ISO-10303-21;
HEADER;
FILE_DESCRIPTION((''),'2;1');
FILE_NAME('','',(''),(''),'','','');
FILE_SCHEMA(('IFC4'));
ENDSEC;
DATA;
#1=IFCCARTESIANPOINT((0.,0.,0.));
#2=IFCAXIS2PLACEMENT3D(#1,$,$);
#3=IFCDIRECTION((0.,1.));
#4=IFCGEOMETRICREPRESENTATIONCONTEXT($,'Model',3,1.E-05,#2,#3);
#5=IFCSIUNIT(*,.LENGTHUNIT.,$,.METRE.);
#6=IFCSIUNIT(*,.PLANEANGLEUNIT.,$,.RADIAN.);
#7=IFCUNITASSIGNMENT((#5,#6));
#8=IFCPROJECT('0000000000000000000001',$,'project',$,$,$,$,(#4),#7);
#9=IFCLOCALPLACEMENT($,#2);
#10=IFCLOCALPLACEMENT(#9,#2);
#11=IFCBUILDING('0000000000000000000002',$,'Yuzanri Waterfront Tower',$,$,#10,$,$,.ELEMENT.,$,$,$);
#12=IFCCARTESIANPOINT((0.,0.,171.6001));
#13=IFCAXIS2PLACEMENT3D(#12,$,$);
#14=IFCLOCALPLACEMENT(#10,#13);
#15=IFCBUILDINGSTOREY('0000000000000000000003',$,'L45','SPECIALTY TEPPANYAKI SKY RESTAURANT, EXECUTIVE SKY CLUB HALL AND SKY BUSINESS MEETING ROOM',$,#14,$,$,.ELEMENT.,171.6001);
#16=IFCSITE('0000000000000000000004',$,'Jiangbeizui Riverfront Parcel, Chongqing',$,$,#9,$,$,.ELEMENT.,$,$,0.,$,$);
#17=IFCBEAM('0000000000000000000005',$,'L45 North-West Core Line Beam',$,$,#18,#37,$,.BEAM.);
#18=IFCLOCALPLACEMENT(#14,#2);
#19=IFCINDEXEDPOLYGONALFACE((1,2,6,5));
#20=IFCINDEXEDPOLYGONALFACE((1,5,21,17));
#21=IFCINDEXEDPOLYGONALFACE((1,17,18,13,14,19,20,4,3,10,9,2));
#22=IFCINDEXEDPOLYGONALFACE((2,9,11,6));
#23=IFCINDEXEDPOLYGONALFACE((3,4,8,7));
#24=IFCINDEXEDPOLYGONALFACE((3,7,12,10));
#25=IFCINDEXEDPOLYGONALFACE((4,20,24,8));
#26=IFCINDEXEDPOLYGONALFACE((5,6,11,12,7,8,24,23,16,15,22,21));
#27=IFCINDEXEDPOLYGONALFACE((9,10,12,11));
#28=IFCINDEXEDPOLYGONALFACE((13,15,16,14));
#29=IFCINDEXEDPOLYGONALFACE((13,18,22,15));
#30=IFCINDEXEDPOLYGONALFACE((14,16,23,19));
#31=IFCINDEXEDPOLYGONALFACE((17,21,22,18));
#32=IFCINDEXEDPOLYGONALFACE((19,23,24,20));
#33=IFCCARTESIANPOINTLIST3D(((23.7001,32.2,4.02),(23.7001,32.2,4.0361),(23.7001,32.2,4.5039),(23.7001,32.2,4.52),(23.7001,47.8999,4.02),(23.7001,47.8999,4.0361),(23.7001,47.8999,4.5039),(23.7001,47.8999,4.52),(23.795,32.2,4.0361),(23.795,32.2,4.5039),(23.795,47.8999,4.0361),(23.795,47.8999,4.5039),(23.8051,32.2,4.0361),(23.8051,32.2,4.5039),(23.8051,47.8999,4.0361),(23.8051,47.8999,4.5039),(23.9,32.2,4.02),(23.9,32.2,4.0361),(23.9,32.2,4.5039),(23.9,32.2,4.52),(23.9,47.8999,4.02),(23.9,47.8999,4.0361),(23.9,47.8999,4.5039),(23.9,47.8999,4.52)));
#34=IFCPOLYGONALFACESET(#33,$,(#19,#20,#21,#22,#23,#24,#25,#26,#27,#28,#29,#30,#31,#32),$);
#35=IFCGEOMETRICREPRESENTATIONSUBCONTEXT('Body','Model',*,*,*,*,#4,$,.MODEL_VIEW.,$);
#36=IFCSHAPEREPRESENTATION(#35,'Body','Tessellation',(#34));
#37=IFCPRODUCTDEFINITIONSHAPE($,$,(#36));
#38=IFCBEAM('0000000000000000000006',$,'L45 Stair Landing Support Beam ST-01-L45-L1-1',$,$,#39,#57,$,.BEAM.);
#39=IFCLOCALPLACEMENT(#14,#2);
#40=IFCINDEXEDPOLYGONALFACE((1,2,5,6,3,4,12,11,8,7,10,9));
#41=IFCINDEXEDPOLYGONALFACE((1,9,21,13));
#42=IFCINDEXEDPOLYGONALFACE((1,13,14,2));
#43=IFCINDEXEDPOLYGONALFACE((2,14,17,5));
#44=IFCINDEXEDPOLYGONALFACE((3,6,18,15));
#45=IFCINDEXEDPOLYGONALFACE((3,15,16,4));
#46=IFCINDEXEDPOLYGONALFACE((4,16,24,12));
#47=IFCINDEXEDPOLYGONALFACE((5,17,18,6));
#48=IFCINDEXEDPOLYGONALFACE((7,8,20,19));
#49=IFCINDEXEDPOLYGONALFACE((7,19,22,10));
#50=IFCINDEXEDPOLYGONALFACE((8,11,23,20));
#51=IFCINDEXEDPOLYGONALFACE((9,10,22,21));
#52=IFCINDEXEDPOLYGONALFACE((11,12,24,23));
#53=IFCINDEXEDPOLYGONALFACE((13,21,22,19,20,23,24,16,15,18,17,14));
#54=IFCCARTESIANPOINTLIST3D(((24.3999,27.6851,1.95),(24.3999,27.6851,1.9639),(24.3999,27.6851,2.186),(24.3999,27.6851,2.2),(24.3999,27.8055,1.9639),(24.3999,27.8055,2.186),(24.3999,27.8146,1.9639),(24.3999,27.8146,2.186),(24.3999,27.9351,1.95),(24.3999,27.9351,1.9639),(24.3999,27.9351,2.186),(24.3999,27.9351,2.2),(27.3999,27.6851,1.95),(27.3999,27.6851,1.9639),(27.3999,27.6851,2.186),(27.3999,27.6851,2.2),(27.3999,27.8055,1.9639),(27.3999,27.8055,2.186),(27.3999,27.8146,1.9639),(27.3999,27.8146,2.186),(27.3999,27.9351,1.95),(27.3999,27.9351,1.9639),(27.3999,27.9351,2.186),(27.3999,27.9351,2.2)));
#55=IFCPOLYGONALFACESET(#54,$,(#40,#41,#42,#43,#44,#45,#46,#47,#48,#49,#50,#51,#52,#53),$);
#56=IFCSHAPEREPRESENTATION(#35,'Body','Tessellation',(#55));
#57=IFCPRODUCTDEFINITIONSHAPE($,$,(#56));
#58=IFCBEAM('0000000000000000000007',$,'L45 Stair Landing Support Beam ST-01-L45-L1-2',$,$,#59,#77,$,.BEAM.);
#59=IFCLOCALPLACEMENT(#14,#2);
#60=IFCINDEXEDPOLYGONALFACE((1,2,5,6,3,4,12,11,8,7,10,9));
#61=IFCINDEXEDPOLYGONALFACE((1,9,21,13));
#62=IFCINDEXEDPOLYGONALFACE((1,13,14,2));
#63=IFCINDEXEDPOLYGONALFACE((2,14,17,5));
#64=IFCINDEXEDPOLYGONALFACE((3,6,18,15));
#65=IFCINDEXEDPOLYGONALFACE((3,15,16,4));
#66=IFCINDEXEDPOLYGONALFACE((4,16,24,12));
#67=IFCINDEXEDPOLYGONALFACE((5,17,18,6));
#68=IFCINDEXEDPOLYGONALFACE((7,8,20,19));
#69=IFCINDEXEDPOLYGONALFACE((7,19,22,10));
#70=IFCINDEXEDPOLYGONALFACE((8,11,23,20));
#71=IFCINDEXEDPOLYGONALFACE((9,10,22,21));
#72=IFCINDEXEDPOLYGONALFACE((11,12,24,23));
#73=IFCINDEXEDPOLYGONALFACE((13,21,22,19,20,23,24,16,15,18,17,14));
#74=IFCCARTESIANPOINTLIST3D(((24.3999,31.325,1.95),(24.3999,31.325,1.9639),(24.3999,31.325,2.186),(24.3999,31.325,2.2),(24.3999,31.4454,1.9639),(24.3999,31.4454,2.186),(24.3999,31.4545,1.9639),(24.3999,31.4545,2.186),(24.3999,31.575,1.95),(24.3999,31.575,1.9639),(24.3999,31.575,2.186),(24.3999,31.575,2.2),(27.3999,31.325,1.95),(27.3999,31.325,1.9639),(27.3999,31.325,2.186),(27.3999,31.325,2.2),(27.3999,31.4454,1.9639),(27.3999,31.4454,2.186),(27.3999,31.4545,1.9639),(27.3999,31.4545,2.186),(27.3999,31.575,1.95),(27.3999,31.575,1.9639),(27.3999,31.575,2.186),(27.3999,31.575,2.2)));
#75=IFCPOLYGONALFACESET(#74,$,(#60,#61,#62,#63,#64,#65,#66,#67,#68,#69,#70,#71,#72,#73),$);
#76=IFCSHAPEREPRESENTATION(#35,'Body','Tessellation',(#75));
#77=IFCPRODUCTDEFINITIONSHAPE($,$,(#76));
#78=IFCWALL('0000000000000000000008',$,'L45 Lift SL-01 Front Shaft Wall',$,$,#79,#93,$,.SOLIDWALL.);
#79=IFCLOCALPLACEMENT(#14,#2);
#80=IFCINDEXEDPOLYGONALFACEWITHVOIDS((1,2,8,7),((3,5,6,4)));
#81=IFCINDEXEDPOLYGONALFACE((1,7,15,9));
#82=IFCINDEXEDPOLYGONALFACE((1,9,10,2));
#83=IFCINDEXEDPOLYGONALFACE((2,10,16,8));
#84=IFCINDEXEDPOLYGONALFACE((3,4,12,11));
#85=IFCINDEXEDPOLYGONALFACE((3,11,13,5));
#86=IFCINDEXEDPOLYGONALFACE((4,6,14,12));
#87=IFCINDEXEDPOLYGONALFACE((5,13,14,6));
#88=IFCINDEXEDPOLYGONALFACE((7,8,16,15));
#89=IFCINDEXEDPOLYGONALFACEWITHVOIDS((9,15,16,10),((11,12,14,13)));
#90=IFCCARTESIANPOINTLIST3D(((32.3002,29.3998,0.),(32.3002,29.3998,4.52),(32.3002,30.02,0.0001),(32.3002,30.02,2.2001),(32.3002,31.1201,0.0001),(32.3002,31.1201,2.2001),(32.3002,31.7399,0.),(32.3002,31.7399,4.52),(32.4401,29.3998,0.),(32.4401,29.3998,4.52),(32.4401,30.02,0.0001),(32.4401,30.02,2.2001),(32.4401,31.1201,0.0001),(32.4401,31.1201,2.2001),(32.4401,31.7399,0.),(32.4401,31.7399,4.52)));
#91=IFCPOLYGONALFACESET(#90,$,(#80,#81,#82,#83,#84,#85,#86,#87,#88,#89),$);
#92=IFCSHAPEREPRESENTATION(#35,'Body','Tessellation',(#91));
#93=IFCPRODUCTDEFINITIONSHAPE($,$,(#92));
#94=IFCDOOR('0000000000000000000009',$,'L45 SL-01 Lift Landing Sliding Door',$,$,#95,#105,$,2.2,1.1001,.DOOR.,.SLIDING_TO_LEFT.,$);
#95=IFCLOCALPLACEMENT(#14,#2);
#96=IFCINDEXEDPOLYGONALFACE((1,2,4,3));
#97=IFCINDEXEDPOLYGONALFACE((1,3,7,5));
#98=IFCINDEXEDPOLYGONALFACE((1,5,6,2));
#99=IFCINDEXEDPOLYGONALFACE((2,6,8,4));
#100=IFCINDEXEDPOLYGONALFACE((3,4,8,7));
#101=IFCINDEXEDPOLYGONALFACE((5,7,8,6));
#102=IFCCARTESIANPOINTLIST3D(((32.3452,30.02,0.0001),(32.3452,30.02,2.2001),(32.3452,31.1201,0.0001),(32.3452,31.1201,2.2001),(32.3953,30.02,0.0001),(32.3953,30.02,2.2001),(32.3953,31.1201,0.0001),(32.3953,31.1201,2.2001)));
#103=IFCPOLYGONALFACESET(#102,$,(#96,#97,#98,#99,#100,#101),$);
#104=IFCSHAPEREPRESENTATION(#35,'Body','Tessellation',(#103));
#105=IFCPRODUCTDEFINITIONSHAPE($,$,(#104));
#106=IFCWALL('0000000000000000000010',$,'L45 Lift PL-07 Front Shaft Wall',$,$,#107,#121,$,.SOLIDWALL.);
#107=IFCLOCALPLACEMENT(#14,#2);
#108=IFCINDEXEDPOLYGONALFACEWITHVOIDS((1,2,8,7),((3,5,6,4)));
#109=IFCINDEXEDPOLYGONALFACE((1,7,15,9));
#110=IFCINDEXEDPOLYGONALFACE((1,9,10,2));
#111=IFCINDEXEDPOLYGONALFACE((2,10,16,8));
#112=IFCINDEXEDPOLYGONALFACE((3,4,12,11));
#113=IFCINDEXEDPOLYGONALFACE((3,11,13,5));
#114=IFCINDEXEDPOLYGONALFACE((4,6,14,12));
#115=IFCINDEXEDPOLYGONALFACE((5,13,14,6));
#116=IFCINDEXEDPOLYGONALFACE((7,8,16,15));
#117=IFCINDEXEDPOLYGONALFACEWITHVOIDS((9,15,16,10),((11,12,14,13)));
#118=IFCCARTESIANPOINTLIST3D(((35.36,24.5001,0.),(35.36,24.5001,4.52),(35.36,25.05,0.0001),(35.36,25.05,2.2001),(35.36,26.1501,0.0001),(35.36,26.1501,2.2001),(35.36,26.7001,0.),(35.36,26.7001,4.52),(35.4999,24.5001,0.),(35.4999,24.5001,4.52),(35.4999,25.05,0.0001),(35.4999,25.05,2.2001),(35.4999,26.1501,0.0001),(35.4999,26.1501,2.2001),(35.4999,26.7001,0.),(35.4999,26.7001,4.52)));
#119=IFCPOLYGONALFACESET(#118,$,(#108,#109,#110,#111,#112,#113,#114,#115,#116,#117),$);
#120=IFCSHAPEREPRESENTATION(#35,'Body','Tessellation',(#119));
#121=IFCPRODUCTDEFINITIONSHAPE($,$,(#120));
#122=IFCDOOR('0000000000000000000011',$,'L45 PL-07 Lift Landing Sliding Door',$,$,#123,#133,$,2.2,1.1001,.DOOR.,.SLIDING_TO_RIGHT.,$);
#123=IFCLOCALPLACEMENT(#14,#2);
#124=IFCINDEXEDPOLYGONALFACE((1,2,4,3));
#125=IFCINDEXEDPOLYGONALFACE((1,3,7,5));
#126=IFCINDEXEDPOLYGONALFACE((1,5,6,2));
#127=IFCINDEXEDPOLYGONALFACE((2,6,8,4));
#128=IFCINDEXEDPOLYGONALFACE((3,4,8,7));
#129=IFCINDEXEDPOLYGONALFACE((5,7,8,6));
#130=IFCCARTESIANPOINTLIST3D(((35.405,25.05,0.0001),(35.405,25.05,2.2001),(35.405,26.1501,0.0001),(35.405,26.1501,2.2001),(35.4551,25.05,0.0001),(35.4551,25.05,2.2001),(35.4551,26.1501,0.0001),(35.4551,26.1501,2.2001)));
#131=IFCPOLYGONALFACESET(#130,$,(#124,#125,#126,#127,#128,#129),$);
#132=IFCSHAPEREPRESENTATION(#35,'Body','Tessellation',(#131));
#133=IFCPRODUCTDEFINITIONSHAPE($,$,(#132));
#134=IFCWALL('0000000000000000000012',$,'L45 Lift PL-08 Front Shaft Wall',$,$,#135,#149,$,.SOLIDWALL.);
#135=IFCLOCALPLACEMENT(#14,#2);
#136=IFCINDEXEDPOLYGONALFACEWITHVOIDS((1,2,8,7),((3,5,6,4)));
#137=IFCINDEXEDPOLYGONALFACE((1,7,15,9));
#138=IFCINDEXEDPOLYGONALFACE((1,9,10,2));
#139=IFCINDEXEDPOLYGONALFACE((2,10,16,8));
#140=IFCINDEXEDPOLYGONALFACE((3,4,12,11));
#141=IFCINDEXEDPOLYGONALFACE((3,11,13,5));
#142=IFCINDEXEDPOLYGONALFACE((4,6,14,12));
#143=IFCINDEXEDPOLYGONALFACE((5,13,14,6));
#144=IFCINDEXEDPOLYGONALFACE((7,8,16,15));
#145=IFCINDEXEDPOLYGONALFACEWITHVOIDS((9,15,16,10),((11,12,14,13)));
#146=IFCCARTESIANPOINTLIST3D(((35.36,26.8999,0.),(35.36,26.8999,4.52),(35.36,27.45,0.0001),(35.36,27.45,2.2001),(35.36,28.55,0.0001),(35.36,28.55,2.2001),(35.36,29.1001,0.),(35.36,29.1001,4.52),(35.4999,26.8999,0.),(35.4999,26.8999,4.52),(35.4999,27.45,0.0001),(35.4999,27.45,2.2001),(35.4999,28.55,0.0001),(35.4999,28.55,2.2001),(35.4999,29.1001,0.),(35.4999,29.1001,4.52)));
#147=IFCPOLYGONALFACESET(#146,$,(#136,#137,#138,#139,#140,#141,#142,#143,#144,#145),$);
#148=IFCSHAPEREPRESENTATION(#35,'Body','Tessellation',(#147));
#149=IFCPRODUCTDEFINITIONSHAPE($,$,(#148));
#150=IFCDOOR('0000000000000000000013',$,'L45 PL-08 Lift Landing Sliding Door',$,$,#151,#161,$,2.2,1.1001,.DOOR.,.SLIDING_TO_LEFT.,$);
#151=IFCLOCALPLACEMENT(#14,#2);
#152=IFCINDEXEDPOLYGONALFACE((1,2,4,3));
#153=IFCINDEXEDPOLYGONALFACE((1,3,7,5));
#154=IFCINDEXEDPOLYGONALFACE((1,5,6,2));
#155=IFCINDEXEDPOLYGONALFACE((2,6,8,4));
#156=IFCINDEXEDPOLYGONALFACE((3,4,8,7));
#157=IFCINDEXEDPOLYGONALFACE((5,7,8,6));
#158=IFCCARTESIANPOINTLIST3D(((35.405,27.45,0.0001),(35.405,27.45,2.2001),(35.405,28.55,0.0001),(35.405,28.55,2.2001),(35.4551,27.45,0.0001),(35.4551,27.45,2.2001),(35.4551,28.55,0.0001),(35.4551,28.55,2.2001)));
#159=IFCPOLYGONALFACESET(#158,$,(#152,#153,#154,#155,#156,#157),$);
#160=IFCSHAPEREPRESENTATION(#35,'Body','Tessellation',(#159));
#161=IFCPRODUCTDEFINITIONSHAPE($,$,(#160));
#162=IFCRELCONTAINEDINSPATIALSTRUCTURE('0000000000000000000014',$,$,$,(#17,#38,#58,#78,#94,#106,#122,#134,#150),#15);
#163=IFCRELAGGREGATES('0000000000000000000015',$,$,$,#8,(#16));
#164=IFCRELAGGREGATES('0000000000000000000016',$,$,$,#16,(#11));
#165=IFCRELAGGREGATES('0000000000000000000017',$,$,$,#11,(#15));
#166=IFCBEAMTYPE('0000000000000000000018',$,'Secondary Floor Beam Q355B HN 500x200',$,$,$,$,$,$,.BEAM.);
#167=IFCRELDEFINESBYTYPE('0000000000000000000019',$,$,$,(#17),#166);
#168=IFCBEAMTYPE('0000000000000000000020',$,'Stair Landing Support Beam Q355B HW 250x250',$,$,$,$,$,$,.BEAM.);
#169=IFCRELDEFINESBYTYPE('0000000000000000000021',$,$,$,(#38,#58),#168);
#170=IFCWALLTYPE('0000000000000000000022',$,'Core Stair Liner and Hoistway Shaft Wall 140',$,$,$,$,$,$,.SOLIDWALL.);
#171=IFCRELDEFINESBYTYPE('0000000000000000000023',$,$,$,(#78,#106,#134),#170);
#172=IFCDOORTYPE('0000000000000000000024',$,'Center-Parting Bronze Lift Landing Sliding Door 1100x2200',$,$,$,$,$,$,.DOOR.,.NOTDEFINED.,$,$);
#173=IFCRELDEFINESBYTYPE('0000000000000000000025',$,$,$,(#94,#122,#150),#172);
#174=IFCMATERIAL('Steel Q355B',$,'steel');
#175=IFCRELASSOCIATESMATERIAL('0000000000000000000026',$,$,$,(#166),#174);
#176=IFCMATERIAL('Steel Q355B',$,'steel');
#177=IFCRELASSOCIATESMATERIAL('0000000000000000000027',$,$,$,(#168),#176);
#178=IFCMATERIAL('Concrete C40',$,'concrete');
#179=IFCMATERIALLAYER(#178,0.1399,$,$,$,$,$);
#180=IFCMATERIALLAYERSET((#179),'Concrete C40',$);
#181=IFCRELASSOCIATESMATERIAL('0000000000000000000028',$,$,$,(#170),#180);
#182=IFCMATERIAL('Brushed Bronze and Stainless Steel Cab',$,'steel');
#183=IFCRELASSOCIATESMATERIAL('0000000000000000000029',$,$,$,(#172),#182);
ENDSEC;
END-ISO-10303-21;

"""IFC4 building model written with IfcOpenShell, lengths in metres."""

from ifc_helpers import new_model, si_unit, direction, frame, frame_2d, origin, origin_2d, place, context, subcontext, project, spatial, rectangle, i_section, extrude, source, transform, mapped, material, layer, layer_set, material_profile, profile_set, type_object, element, fill, save


model = new_model("IFC4")

# Units and contexts
model_context = context("Model", 3, precision=1e-05, world=origin(), true_north=direction((0.0, 1.0)))
body_context = subcontext(model_context, "Body", "Model", "MODEL_VIEW")
ifc_project = project(units=[si_unit("LENGTHUNIT", "METRE"), si_unit("PLANEANGLEUNIT", "RADIAN")], contexts=[model_context])

# Site, building, storey
site_placement = place(None, origin())
site = spatial("IfcSite", under=ifc_project, at=site_placement, Name="Jiangbeizui Riverfront Parcel, Chongqing", CompositionType="ELEMENT", RefElevation=0.0)
building_placement = place(site_placement, origin())
building = spatial("IfcBuilding", under=site, at=building_placement, Name="Yuzanri Waterfront Tower", CompositionType="ELEMENT")
storey_placement = place(building_placement, frame((0.0, 0.0, 171.6001)))
storey = spatial("IfcBuildingStorey", under=building, at=storey_placement, Name="L45", Description="SPECIALTY TEPPANYAKI SKY RESTAURANT, EXECUTIVE SKY CLUB HALL AND SKY BUSINESS MEETING ROOM", CompositionType="ELEMENT", Elevation=171.6001)

# Beams
ifc_material_1 = material(Name="Steel Q355B", Category="steel")
ifc_material_profile_1 = material_profile(ifc_material_1, i_section(OverallWidth=0.2, OverallDepth=0.5, WebThickness=0.01, FlangeThickness=0.0161, at=origin_2d()), Name="HN 500x200x10x16")
ifc_profile_set_1 = profile_set([ifc_material_profile_1], Name="Steel Q355B")
beam_type_1 = type_object("IfcBeamType", Name="Secondary Floor Beam Q355B HN 500x200", PredefinedType="BEAM", material=ifc_profile_set_1)
shared_shape_1 = source(origin(), body_context, "Body", "SweptSolid", [
    extrude(i_section(OverallWidth=0.2, OverallDepth=0.5, WebThickness=0.01, FlangeThickness=0.0161, at=origin_2d()), origin(), (0.0, 0.0, 1.0), 15.7),
])
beam_placement = place(storey_placement, frame((23.8, 32.2, 4.27), z_axis=(0.0, 1.0, 0.0), x_axis=(-1.0, 0.0, 0.0)))
element("IfcBeam", 1, at=beam_placement, inside=storey, type_object=beam_type_1, Name="L45 North-West Core Line Beam", PredefinedType="BEAM", context=body_context, shape_type="MappedRepresentation", body=[
    mapped(shared_shape_1, transform((0.0, 0.0, 0.0), scale=1.0)),
])
ifc_material_2 = material(Name="Steel Q355B", Category="steel")
ifc_material_profile_2 = material_profile(ifc_material_2, i_section(OverallWidth=0.25, OverallDepth=0.25, WebThickness=0.009, FlangeThickness=0.0139, at=origin_2d()), Name="HW 250x250x9x14")
ifc_profile_set_2 = profile_set([ifc_material_profile_2], Name="Steel Q355B")
beam_type_2 = type_object("IfcBeamType", Name="Stair Landing Support Beam Q355B HW 250x250", PredefinedType="BEAM", material=ifc_profile_set_2)
shared_shape_2 = source(origin(), body_context, "Body", "SweptSolid", [
    extrude(i_section(OverallWidth=0.25, OverallDepth=0.25, WebThickness=0.009, FlangeThickness=0.0139, at=origin_2d()), origin(), (0.0, 0.0, 1.0), 3.0),
])
for number, where, z_axis, x_axis, name in (
    (2, (24.3999, 27.8101, 2.075), (1.0, 0.0, 0.0), (0.0, 1.0, 0.0), "L45 Stair Landing Support Beam ST-01-L45-L1-1"),
    (3, (24.3999, 31.45, 2.075), (1.0, 0.0, 0.0), (0.0, 1.0, 0.0), "L45 Stair Landing Support Beam ST-01-L45-L1-2"),
):
    element("IfcBeam", number, at=place(storey_placement, frame(where, z_axis=z_axis, x_axis=x_axis)), inside=storey, type_object=beam_type_2, Name=name, PredefinedType="BEAM", context=body_context, shape_type="MappedRepresentation", body=[
        mapped(shared_shape_2, transform((0.0, 0.0, 0.0), scale=1.0)),
    ])

# Walls, openings, doors
ifc_material_3 = material(Name="Concrete C40", Category="concrete")
ifc_layer_1 = layer(ifc_material_3, 0.1399)
ifc_layer_set_1 = layer_set([ifc_layer_1], Name="Concrete C40")
wall_type_1 = type_object("IfcWallType", Name="Core Stair Liner and Hoistway Shaft Wall 140", PredefinedType="SOLIDWALL", material=ifc_layer_set_1)
wall_1_placement = place(storey_placement, frame((32.3701, 29.3999, 0.0), z_axis=(0.0, 0.0, 1.0), x_axis=(0.0, 1.0, 0.0)))
wall_1 = element("IfcWall", 4, at=wall_1_placement, inside=storey, type_object=wall_type_1, Name="L45 Lift SL-01 Front Shaft Wall", PredefinedType="SOLIDWALL", context=body_context, shape_type="SweptSolid", body=[
    extrude(rectangle(XDim=2.3401, YDim=0.1399, at=frame_2d((1.1699, 0.0))), origin(), (0.0, 0.0, 1.0), 4.52),
])
opening_1_placement = place(wall_1_placement, frame((0.6201, 0.0, 0.0)))
opening_1 = element("IfcOpeningElement", 5, at=opening_1_placement, cuts=wall_1, PredefinedType="OPENING", context=body_context, shape_type="SweptSolid", body=[
    extrude(rectangle(XDim=1.1001, YDim=2.2, at=frame_2d((0.55, 1.1001))), frame((0.0, 0.085, 0.0), z_axis=(0.0, -1.0, 0.0), x_axis=(1.0, 0.0, 0.0)), (0.0, 0.0, 1.0), 0.1697),
])
ifc_material_4 = material(Name="Brushed Bronze and Stainless Steel Cab", Category="steel")
door_type_1 = type_object("IfcDoorType", Name="Center-Parting Bronze Lift Landing Sliding Door 1100x2200", OperationType="NOTDEFINED", PredefinedType="DOOR", material=ifc_material_4)
shared_shape_3 = source(origin(), body_context, "Body", "SweptSolid", [
    extrude(rectangle(XDim=1.1001, YDim=2.2, at=frame_2d((0.55, 1.1001))), frame((0.0, 0.0249, 0.0), z_axis=(0.0, -1.0, 0.0), x_axis=(1.0, 0.0, 0.0)), (0.0, 0.0, 1.0), 0.05),
])
door_1_placement = place(opening_1_placement, origin())
door_1 = element("IfcDoor", 6, at=door_1_placement, inside=storey, type_object=door_type_1, Name="L45 SL-01 Lift Landing Sliding Door", OperationType="SLIDING_TO_LEFT", OverallHeight=2.2, OverallWidth=1.1001, PredefinedType="DOOR", context=body_context, shape_type="MappedRepresentation", body=[
    mapped(shared_shape_3, transform((0.0, 0.0, 0.0), scale=1.0)),
])
fill(opening_1, door_1)
wall_2_placement = place(storey_placement, frame((35.4299, 24.5, 0.0), z_axis=(0.0, 0.0, 1.0), x_axis=(0.0, 1.0, 0.0)))
wall_2 = element("IfcWall", 7, at=wall_2_placement, inside=storey, type_object=wall_type_1, Name="L45 Lift PL-07 Front Shaft Wall", PredefinedType="SOLIDWALL", context=body_context, shape_type="SweptSolid", body=[
    extrude(rectangle(XDim=2.2, YDim=0.1399, at=frame_2d((1.1001, 0.0))), origin(), (0.0, 0.0, 1.0), 4.52),
])
opening_2_placement = place(wall_2_placement, frame((0.55, 0.0, 0.0)))
opening_2 = element("IfcOpeningElement", 8, at=opening_2_placement, cuts=wall_2, PredefinedType="OPENING", context=body_context, shape_type="SweptSolid", body=[
    extrude(rectangle(XDim=1.1001, YDim=2.2, at=frame_2d((0.55, 1.1001))), frame((0.0, 0.085, 0.0), z_axis=(0.0, -1.0, 0.0), x_axis=(1.0, 0.0, 0.0)), (0.0, 0.0, 1.0), 0.1697),
])
door_2_placement = place(opening_2_placement, origin())
door_2 = element("IfcDoor", 9, at=door_2_placement, inside=storey, type_object=door_type_1, Name="L45 PL-07 Lift Landing Sliding Door", OperationType="SLIDING_TO_RIGHT", OverallHeight=2.2, OverallWidth=1.1001, PredefinedType="DOOR", context=body_context, shape_type="MappedRepresentation", body=[
    mapped(shared_shape_3, transform((0.0, 0.0, 0.0), scale=1.0)),
])
fill(opening_2, door_2)
wall_3_placement = place(storey_placement, frame((35.4299, 26.8999, 0.0), z_axis=(0.0, 0.0, 1.0), x_axis=(0.0, 1.0, 0.0)))
wall_3 = element("IfcWall", 10, at=wall_3_placement, inside=storey, type_object=wall_type_1, Name="L45 Lift PL-08 Front Shaft Wall", PredefinedType="SOLIDWALL", context=body_context, shape_type="SweptSolid", body=[
    extrude(rectangle(XDim=2.2002, YDim=0.1399, at=frame_2d((1.1001, 0.0))), origin(), (0.0, 0.0, 1.0), 4.52),
])
opening_3_placement = place(wall_3_placement, frame((0.55, 0.0, 0.0)))
opening_3 = element("IfcOpeningElement", 11, at=opening_3_placement, cuts=wall_3, PredefinedType="OPENING", context=body_context, shape_type="SweptSolid", body=[
    extrude(rectangle(XDim=1.1001, YDim=2.2, at=frame_2d((0.55, 1.1001))), frame((0.0, 0.085, 0.0), z_axis=(0.0, -1.0, 0.0), x_axis=(1.0, 0.0, 0.0)), (0.0, 0.0, 1.0), 0.1697),
])
door_3_placement = place(opening_3_placement, origin())
door_3 = element("IfcDoor", 12, at=door_3_placement, inside=storey, type_object=door_type_1, Name="L45 PL-08 Lift Landing Sliding Door", OperationType="SLIDING_TO_LEFT", OverallHeight=2.2, OverallWidth=1.1001, PredefinedType="DOOR", context=body_context, shape_type="MappedRepresentation", body=[
    mapped(shared_shape_3, transform((0.0, 0.0, 0.0), scale=1.0)),
])
fill(opening_3, door_3)

save(model, "model.ifc")
